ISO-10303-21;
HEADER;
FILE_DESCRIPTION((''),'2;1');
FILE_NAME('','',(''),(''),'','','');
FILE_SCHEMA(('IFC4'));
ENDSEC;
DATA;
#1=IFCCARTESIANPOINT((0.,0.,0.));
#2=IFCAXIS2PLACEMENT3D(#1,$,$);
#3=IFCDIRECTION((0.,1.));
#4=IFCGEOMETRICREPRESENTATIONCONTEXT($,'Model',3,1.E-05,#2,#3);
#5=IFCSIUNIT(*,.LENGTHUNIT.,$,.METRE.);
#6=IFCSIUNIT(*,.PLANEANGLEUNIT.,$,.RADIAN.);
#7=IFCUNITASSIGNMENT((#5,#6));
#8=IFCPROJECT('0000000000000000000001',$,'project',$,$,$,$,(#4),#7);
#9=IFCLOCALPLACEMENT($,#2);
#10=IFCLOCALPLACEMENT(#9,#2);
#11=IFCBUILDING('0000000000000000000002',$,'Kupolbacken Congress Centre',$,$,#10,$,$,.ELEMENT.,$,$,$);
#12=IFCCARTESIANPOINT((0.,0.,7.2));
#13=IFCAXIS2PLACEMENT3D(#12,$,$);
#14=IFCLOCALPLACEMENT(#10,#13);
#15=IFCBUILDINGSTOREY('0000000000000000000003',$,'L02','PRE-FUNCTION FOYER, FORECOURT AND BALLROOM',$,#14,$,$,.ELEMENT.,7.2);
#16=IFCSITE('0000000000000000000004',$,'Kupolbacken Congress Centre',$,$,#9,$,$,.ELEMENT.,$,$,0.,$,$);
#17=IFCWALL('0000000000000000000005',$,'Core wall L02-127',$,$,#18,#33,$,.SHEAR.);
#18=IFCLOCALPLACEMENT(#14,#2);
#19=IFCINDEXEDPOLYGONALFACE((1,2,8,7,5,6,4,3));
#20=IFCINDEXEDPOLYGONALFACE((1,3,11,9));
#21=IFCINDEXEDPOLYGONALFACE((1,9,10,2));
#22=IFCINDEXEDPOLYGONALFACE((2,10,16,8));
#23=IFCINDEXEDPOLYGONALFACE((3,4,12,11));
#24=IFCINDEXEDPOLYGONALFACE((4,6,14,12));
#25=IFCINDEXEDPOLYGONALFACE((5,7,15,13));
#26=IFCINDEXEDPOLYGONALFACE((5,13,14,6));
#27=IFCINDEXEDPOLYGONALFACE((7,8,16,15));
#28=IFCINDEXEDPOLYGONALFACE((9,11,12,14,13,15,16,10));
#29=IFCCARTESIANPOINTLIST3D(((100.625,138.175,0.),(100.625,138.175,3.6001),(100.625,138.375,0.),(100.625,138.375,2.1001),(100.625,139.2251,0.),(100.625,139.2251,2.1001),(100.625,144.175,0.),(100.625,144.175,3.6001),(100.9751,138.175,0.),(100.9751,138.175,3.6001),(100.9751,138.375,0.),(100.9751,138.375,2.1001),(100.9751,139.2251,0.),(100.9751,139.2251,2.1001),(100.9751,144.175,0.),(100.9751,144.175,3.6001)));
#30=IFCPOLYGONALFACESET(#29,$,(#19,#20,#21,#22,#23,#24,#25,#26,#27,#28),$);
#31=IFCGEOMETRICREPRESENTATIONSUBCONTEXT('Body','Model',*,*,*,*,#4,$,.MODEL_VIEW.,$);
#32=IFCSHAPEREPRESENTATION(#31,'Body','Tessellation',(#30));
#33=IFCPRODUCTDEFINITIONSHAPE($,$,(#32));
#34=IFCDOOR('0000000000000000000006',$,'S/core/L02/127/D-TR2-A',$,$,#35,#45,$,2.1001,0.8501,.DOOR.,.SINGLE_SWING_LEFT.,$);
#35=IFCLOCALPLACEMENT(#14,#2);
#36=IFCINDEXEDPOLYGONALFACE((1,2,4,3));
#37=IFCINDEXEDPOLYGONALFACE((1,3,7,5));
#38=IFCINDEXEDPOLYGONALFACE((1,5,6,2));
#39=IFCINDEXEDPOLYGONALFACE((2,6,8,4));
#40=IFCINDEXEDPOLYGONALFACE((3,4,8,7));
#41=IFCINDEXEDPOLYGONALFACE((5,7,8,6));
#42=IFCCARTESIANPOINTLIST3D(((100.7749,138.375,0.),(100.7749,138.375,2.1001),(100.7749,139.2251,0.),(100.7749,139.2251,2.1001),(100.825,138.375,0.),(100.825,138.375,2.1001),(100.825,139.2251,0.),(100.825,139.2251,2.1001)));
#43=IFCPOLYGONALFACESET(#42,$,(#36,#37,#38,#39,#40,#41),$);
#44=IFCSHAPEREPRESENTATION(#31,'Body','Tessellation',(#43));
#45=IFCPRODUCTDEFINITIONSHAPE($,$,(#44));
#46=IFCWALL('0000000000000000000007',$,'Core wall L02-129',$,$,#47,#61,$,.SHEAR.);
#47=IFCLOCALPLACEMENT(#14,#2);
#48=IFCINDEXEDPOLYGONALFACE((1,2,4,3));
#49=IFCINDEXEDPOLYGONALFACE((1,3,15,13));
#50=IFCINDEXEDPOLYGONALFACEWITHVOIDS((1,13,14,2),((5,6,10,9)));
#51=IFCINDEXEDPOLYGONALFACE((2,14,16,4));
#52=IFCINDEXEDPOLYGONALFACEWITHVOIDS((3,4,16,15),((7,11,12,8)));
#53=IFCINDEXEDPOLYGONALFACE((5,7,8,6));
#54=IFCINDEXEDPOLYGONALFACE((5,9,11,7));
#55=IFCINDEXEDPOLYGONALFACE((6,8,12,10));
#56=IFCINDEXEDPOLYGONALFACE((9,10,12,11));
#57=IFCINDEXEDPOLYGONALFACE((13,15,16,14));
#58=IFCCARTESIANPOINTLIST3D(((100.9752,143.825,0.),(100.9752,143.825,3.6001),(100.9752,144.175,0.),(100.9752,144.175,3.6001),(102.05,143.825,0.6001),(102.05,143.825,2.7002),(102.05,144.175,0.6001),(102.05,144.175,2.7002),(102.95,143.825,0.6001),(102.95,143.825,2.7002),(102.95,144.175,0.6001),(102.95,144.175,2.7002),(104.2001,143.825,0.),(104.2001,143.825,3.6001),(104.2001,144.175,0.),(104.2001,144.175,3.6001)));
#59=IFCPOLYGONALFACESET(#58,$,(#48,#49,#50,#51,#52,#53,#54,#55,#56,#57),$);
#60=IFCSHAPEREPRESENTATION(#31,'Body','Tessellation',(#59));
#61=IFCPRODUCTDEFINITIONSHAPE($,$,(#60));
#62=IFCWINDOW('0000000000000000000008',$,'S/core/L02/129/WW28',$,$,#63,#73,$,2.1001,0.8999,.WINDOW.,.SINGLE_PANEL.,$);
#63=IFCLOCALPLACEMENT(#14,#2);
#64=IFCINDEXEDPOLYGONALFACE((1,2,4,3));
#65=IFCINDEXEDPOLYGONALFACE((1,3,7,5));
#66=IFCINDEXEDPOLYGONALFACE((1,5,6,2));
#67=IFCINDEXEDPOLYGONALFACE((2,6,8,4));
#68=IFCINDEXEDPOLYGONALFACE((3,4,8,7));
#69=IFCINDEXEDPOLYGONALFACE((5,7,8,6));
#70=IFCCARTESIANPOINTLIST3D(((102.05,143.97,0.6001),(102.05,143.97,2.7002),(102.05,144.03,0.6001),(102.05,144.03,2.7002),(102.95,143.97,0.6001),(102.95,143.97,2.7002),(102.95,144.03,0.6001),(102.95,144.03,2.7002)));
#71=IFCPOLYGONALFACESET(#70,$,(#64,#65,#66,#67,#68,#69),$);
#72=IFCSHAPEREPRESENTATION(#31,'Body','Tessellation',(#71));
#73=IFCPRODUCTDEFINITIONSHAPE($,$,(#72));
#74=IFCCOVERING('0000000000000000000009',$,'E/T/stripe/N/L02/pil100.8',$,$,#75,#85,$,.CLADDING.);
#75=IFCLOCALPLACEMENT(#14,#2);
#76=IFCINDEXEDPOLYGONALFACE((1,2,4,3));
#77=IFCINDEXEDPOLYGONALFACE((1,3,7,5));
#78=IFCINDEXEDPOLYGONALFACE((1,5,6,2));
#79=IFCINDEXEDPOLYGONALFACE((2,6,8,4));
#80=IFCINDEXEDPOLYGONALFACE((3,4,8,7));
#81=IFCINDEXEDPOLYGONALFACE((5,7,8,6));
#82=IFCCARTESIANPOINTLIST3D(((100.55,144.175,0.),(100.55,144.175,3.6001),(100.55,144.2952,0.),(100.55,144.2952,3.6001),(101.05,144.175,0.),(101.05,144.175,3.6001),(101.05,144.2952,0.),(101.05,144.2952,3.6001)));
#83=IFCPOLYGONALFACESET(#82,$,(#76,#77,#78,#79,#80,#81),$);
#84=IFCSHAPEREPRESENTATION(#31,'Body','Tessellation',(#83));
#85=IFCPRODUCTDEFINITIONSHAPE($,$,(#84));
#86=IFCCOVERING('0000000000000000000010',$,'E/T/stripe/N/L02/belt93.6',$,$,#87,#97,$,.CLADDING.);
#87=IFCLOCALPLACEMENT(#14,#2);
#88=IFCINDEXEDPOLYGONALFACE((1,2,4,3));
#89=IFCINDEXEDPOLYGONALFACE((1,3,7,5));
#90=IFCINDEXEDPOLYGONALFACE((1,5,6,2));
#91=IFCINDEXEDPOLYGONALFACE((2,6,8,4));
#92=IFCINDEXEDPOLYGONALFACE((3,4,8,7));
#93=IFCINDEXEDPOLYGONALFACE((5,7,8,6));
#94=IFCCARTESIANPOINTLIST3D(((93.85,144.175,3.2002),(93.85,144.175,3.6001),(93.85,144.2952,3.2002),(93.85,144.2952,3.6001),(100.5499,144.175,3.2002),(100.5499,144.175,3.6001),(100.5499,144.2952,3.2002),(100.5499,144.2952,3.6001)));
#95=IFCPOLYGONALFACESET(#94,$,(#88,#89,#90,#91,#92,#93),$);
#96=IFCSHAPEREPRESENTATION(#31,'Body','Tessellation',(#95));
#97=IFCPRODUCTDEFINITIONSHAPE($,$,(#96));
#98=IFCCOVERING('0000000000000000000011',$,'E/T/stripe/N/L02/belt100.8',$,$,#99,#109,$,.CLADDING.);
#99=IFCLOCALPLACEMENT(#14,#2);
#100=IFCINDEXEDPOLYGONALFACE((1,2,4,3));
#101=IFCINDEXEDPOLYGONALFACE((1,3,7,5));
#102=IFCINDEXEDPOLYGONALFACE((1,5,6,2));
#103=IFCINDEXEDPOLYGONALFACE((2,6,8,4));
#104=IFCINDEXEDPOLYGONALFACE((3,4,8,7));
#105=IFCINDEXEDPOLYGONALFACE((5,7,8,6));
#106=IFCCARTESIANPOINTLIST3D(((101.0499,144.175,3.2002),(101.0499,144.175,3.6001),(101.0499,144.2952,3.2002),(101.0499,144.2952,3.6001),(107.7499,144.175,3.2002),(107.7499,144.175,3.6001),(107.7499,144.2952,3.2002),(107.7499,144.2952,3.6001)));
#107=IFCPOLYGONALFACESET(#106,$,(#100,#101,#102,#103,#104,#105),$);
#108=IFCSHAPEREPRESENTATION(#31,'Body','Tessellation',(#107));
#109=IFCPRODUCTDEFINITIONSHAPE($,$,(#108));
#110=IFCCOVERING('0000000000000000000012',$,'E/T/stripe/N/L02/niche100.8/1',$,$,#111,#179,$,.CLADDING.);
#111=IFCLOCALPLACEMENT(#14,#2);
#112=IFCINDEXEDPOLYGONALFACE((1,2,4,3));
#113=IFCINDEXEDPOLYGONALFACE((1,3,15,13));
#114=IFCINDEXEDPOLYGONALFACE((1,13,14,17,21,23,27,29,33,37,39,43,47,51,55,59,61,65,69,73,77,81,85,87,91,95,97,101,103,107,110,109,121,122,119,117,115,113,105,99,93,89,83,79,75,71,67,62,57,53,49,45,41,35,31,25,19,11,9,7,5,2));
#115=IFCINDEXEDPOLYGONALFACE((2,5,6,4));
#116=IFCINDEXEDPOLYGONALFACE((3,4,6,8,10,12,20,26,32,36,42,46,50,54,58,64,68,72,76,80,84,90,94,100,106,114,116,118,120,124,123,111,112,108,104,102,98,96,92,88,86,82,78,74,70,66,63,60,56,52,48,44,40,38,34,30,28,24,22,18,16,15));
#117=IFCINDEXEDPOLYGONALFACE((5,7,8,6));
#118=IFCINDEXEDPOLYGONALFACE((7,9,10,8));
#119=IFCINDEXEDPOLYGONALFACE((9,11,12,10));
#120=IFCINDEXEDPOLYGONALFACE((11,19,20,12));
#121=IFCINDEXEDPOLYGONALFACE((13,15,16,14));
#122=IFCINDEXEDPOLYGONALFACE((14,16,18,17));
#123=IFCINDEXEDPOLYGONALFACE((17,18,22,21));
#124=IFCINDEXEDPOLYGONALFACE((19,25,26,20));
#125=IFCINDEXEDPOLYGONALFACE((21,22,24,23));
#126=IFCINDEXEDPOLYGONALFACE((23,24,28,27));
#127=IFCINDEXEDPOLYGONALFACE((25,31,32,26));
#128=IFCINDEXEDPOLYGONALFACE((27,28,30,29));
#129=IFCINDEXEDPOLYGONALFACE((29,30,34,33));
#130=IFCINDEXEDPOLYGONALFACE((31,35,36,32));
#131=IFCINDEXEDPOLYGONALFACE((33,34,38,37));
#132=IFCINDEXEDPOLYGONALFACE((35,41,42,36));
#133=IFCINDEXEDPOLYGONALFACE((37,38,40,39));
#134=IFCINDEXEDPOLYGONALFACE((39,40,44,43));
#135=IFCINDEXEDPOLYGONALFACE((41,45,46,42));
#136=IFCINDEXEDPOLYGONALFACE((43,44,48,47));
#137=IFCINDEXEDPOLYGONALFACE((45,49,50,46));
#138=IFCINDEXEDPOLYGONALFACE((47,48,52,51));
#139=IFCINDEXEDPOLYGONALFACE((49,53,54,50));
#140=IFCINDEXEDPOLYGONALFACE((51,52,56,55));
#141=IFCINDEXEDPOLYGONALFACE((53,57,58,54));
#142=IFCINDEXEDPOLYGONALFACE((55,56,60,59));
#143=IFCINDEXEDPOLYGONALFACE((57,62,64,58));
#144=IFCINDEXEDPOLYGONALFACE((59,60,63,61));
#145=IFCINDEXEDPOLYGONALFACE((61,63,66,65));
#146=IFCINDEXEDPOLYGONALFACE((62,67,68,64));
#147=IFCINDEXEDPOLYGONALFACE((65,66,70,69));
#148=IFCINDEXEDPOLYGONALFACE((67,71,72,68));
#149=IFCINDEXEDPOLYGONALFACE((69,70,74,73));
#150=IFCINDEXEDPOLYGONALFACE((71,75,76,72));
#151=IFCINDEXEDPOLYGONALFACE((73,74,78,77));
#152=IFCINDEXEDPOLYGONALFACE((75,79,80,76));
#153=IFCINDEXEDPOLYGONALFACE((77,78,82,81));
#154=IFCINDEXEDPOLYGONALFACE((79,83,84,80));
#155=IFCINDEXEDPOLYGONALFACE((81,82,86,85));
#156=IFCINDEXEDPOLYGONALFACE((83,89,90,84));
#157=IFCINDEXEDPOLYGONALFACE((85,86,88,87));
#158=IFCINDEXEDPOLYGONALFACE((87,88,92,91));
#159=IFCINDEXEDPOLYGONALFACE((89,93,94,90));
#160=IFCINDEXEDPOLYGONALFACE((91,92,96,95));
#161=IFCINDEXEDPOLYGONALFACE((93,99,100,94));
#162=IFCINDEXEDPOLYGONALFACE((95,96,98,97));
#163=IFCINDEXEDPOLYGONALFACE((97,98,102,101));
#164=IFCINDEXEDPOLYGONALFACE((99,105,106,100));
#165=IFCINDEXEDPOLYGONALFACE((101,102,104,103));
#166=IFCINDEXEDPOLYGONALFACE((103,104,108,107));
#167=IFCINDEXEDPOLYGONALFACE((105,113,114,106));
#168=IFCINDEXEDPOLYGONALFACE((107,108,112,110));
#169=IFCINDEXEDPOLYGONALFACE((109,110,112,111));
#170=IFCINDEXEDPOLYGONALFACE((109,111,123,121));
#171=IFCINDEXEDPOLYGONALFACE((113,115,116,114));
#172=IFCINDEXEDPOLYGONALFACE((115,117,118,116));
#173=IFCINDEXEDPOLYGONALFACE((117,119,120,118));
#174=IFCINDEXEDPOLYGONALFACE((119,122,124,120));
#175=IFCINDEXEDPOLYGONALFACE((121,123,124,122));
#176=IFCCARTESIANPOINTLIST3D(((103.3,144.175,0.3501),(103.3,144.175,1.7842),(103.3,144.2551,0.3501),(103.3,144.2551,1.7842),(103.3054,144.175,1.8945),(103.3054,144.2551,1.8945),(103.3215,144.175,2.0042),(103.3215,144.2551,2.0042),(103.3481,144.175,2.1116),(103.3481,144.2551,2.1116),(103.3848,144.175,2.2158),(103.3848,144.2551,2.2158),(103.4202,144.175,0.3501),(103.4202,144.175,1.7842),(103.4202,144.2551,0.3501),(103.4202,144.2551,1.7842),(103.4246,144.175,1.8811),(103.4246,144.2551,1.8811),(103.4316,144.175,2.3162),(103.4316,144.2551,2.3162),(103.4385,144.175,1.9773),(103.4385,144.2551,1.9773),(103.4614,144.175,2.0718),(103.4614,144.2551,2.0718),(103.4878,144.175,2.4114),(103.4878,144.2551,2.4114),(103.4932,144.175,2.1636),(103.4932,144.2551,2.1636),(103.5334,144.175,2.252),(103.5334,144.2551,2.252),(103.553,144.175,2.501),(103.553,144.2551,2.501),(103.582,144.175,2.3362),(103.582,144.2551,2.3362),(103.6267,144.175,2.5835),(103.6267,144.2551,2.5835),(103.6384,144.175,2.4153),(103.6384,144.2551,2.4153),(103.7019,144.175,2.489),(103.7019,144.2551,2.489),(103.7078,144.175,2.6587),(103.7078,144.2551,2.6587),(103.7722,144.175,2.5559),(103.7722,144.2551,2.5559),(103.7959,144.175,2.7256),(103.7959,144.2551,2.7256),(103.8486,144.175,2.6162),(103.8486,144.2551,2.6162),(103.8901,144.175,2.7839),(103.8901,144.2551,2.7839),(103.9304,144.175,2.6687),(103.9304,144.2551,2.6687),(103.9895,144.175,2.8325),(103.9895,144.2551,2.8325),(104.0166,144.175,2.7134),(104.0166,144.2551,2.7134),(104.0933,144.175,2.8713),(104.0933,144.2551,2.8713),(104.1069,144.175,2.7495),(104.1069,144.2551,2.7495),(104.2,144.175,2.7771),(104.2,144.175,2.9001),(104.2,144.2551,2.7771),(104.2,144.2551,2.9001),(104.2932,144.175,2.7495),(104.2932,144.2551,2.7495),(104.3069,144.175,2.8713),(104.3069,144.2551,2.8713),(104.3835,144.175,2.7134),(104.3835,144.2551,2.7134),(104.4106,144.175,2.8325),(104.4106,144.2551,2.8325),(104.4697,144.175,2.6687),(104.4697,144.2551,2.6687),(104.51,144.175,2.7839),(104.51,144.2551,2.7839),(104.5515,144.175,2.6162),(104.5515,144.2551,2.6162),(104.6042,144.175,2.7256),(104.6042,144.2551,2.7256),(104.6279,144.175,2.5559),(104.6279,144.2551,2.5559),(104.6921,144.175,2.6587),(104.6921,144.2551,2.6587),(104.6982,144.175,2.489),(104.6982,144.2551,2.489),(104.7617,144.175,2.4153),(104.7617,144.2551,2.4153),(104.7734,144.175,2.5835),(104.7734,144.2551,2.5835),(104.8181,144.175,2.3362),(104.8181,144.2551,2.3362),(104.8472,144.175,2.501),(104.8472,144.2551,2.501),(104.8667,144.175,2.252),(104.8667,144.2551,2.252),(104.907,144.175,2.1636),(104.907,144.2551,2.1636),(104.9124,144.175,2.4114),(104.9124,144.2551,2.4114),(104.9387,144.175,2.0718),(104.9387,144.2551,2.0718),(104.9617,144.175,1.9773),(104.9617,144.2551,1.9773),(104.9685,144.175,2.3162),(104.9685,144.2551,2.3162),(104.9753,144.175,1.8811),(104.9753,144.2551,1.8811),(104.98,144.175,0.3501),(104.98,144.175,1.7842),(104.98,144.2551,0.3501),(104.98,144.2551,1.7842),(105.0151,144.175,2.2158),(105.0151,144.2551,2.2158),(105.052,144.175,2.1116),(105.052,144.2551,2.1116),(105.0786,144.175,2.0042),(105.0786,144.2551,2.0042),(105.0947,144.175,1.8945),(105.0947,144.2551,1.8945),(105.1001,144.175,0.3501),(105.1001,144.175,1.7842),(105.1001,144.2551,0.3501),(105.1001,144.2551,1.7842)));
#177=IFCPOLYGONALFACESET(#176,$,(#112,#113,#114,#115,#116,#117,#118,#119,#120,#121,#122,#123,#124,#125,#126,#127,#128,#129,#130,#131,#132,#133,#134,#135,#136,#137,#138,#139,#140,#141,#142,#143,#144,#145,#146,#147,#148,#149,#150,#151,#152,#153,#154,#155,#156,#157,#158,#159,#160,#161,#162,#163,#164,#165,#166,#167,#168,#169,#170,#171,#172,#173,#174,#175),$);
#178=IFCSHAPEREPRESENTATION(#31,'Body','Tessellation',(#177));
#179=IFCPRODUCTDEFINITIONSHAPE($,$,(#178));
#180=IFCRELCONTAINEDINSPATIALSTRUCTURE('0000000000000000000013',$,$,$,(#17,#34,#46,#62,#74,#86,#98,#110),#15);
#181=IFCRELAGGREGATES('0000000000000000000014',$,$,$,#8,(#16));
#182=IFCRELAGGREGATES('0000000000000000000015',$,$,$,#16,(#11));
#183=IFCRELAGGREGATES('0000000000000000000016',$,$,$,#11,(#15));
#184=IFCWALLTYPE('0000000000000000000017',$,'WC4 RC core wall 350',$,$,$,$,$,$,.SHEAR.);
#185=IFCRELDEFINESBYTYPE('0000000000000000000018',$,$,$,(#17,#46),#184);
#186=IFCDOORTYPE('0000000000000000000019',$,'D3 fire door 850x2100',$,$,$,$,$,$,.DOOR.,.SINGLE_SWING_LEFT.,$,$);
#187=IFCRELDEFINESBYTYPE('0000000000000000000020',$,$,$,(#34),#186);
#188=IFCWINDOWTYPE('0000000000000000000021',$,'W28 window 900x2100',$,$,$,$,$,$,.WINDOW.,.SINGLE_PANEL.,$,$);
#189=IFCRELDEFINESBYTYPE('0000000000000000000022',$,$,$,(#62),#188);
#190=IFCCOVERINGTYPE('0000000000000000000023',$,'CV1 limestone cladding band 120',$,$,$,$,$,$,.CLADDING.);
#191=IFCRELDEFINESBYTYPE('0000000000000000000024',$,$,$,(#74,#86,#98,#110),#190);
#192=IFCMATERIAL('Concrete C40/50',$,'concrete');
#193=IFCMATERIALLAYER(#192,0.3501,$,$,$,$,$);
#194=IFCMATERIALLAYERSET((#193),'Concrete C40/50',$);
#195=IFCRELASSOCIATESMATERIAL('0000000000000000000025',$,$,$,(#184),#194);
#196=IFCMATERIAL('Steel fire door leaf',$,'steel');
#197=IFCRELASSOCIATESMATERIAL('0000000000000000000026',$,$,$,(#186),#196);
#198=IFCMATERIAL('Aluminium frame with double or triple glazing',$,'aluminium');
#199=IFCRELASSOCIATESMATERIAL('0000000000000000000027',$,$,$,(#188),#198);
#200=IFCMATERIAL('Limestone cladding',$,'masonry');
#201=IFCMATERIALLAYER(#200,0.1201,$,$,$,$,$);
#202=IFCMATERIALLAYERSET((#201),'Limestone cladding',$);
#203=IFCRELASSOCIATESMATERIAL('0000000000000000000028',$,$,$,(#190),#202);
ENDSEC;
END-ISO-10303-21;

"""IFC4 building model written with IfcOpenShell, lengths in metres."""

from ifc_helpers import new_model, si_unit, direction, frame, frame_2d, origin, origin_2d, place, context, subcontext, project, spatial, polyline, rectangle, outline, extrude, material, layer, layer_set, type_object, element, fill, save


model = new_model("IFC4")

# Units and contexts
model_context = context("Model", 3, precision=1e-05, world=origin(), true_north=direction((0.0, 1.0)))
body_context = subcontext(model_context, "Body", "Model", "MODEL_VIEW")
ifc_project = project(units=[si_unit("LENGTHUNIT", "METRE"), si_unit("PLANEANGLEUNIT", "RADIAN")], contexts=[model_context])

# Site, building, storey
site_placement = place(None, origin())
site = spatial("IfcSite", under=ifc_project, at=site_placement, Name="Kupolbacken Congress Centre", CompositionType="ELEMENT", RefElevation=0.0)
building_placement = place(site_placement, origin())
building = spatial("IfcBuilding", under=site, at=building_placement, Name="Kupolbacken Congress Centre", CompositionType="ELEMENT")
storey_placement = place(building_placement, frame((0.0, 0.0, 7.2)))
storey = spatial("IfcBuildingStorey", under=building, at=storey_placement, Name="L02", Description="PRE-FUNCTION FOYER, FORECOURT AND BALLROOM", CompositionType="ELEMENT", Elevation=7.2)

# Wall, opening, door
ifc_material_1 = material(Name="Concrete C40/50", Category="concrete")
ifc_layer_1 = layer(ifc_material_1, 0.3501)
ifc_layer_set_1 = layer_set([ifc_layer_1], Name="Concrete C40/50")
wall_type_1 = type_object("IfcWallType", Name="WC4 RC core wall 350", PredefinedType="SHEAR", material=ifc_layer_set_1)
wall_1_placement = place(storey_placement, frame((100.8, 144.175, 0.0), z_axis=(0.0, 0.0, 1.0), x_axis=(0.0, -1.0, 0.0)))
wall_1 = element("IfcWall", 1, at=wall_1_placement, inside=storey, type_object=wall_type_1, Name="Core wall L02-127", PredefinedType="SHEAR", context=body_context, shape_type="SweptSolid", body=[
    extrude(rectangle(XDim=6.0, YDim=0.3501, at=frame_2d((3.0, 0.0))), origin(), (0.0, 0.0, 1.0), 3.6001),
])
opening_1_placement = place(wall_1_placement, frame((4.95, 0.0, 0.0)))
opening_1 = element("IfcOpeningElement", 2, at=opening_1_placement, cuts=wall_1, PredefinedType="OPENING", context=body_context, shape_type="SweptSolid", body=[
    extrude(rectangle(XDim=0.8501, YDim=2.1001, at=frame_2d((0.425, 1.05))), frame((0.0, 0.1851, 0.0), z_axis=(0.0, -1.0, 0.0), x_axis=(1.0, 0.0, 0.0)), (0.0, 0.0, 1.0), 0.3701),
])
ifc_material_2 = material(Name="Steel fire door leaf", Category="steel")
door_type_1 = type_object("IfcDoorType", Name="D3 fire door 850x2100", OperationType="SINGLE_SWING_LEFT", PredefinedType="DOOR", material=ifc_material_2)
door_1_placement = place(opening_1_placement, origin())
door_1 = element("IfcDoor", 3, at=door_1_placement, inside=storey, type_object=door_type_1, Name="S/core/L02/127/D-TR2-A", OperationType="SINGLE_SWING_LEFT", OverallHeight=2.1001, OverallWidth=0.8501, PredefinedType="DOOR", context=body_context, shape_type="SweptSolid", body=[
    extrude(rectangle(XDim=0.8501, YDim=2.1001, at=frame_2d((0.425, 1.05))), frame((0.0, 0.0249, 0.0), z_axis=(0.0, -1.0, 0.0), x_axis=(1.0, 0.0, 0.0)), (0.0, 0.0, 1.0), 0.05),
])
fill(opening_1, door_1)

# Wall, opening, window
wall_2_placement = place(storey_placement, frame((104.2, 144.0, 0.0), z_axis=(0.0, 0.0, 1.0), x_axis=(-1.0, 0.0, 0.0)))
wall_2 = element("IfcWall", 4, at=wall_2_placement, inside=storey, type_object=wall_type_1, Name="Core wall L02-129", PredefinedType="SHEAR", context=body_context, shape_type="SweptSolid", body=[
    extrude(rectangle(XDim=3.2249, YDim=0.3501, at=frame_2d((1.6123, 0.0))), origin(), (0.0, 0.0, 1.0), 3.6001),
])
opening_2_placement = place(wall_2_placement, frame((1.25, 0.0, 0.6001)))
opening_2 = element("IfcOpeningElement", 5, at=opening_2_placement, cuts=wall_2, PredefinedType="OPENING", context=body_context, shape_type="SweptSolid", body=[
    extrude(rectangle(XDim=0.8999, YDim=2.1001, at=frame_2d((0.45, 1.05))), frame((0.0, 0.1851, 0.0), z_axis=(0.0, -1.0, 0.0), x_axis=(1.0, 0.0, 0.0)), (0.0, 0.0, 1.0), 0.3701),
])
ifc_material_3 = material(Name="Aluminium frame with double or triple glazing", Category="aluminium")
window_type = type_object("IfcWindowType", Name="W28 window 900x2100", PartitioningType="SINGLE_PANEL", PredefinedType="WINDOW", material=ifc_material_3)
window_placement = place(opening_2_placement, origin())
window = element("IfcWindow", 6, at=window_placement, inside=storey, type_object=window_type, Name="S/core/L02/129/WW28", OverallHeight=2.1001, OverallWidth=0.8999, PartitioningType="SINGLE_PANEL", PredefinedType="WINDOW", context=body_context, shape_type="SweptSolid", body=[
    extrude(rectangle(XDim=0.8999, YDim=2.1001, at=frame_2d((0.45, 1.05))), frame((0.0, 0.03, 0.0), z_axis=(0.0, -1.0, 0.0), x_axis=(1.0, 0.0, 0.0)), (0.0, 0.0, 1.0), 0.0601),
])
fill(opening_2, window)

# Coverings
ifc_material_4 = material(Name="Limestone cladding", Category="masonry")
ifc_layer_2 = layer(ifc_material_4, 0.1201)
ifc_layer_set_2 = layer_set([ifc_layer_2], Name="Limestone cladding")
covering_type_1 = type_object("IfcCoveringType", Name="CV1 limestone cladding band 120", PredefinedType="CLADDING", material=ifc_layer_set_2)
covering_1_placement = place(storey_placement, frame((100.8, 144.2351, 0.0), z_axis=(0.0, 0.0, 1.0), x_axis=(1.0, 0.0, 0.0)))
element("IfcCovering", 7, at=covering_1_placement, inside=storey, type_object=covering_type_1, Name="E/T/stripe/N/L02/pil100.8", PredefinedType="CLADDING", context=body_context, shape_type="SweptSolid", body=[
    extrude(rectangle(XDim=0.5, YDim=0.1201, at=origin_2d()), origin(), (0.0, 0.0, 1.0), 3.6001),
])
for number, where, z_axis, x_axis, name in (
    (8, (97.2, 144.2351, 3.2002), (0.0, 0.0, 1.0), (1.0, 0.0, 0.0), "E/T/stripe/N/L02/belt93.6"),
    (9, (104.3999, 144.2351, 3.2002), (0.0, 0.0, 1.0), (1.0, 0.0, 0.0), "E/T/stripe/N/L02/belt100.8"),
):
    element("IfcCovering", number, at=place(storey_placement, frame(where, z_axis=z_axis, x_axis=x_axis)), inside=storey, type_object=covering_type_1, Name=name, PredefinedType="CLADDING", context=body_context, shape_type="SweptSolid", body=[
        extrude(rectangle(XDim=6.7, YDim=0.1201, at=origin_2d()), origin(), (0.0, 0.0, 1.0), 0.3999),
    ])
covering_2_placement = place(storey_placement, frame((103.3, 144.175, 0.3501), z_axis=(0.0, 1.0, 0.0), x_axis=(-1.0, 0.0, 0.0)))
element("IfcCovering", 10, at=covering_2_placement, inside=storey, type_object=covering_type_1, Name="E/T/stripe/N/L02/niche100.8/1", PredefinedType="CLADDING", context=body_context, shape_type="SweptSolid", body=[
    extrude(outline(polyline([(0.0, 0.0), (0.0, 1.4341), (-0.0054, 1.5444), (-0.0215, 1.6541), (-0.0481, 1.7615), (-0.0847, 1.8657), (-0.1316, 1.9661), (-0.1877, 2.0613), (-0.2529, 2.1509), (-0.3267, 2.2334), (-0.4077, 2.3086), (-0.4958, 2.3755), (-0.5901, 2.4338), (-0.6895, 2.4824), (-0.7932, 2.5212), (-0.8999, 2.55), (-1.0068, 2.5212), (-1.1106, 2.4824), (-1.21, 2.4338), (-1.3042, 2.3755), (-1.3921, 2.3086), (-1.4734, 2.2334), (-1.5471, 2.1509), (-1.6123, 2.0613), (-1.6685, 1.9661), (-1.7151, 1.8657), (-1.752, 1.7615), (-1.7786, 1.6541), (-1.7947, 1.5444), (-1.8, 1.4341), (-1.8, 0.0), (-1.6799, 0.0), (-1.6799, 1.4341), (-1.6753, 1.531), (-1.6616, 1.6272), (-1.6387, 1.7217), (-1.6069, 1.8135), (-1.5667, 1.9019), (-1.5181, 1.9861), (-1.4617, 2.0652), (-1.3982, 2.1389), (-1.3279, 2.2058), (-1.2515, 2.2661), (-1.1697, 2.3186), (-1.0835, 2.3633), (-0.9932, 2.3994), (-0.8999, 2.427), (-0.8069, 2.3994), (-0.7166, 2.3633), (-0.6304, 2.3186), (-0.5486, 2.2661), (-0.4722, 2.2058), (-0.4019, 2.1389), (-0.3384, 2.0652), (-0.282, 1.9861), (-0.2334, 1.9019), (-0.1931, 1.8135), (-0.1614, 1.7217), (-0.1384, 1.6272), (-0.1245, 1.531), (-0.1201, 1.4341), (-0.1201, 0.0), (0.0, 0.0)])), origin(), (0.0, 0.0, 1.0), 0.0801),
])

save(model, "model.ifc")
